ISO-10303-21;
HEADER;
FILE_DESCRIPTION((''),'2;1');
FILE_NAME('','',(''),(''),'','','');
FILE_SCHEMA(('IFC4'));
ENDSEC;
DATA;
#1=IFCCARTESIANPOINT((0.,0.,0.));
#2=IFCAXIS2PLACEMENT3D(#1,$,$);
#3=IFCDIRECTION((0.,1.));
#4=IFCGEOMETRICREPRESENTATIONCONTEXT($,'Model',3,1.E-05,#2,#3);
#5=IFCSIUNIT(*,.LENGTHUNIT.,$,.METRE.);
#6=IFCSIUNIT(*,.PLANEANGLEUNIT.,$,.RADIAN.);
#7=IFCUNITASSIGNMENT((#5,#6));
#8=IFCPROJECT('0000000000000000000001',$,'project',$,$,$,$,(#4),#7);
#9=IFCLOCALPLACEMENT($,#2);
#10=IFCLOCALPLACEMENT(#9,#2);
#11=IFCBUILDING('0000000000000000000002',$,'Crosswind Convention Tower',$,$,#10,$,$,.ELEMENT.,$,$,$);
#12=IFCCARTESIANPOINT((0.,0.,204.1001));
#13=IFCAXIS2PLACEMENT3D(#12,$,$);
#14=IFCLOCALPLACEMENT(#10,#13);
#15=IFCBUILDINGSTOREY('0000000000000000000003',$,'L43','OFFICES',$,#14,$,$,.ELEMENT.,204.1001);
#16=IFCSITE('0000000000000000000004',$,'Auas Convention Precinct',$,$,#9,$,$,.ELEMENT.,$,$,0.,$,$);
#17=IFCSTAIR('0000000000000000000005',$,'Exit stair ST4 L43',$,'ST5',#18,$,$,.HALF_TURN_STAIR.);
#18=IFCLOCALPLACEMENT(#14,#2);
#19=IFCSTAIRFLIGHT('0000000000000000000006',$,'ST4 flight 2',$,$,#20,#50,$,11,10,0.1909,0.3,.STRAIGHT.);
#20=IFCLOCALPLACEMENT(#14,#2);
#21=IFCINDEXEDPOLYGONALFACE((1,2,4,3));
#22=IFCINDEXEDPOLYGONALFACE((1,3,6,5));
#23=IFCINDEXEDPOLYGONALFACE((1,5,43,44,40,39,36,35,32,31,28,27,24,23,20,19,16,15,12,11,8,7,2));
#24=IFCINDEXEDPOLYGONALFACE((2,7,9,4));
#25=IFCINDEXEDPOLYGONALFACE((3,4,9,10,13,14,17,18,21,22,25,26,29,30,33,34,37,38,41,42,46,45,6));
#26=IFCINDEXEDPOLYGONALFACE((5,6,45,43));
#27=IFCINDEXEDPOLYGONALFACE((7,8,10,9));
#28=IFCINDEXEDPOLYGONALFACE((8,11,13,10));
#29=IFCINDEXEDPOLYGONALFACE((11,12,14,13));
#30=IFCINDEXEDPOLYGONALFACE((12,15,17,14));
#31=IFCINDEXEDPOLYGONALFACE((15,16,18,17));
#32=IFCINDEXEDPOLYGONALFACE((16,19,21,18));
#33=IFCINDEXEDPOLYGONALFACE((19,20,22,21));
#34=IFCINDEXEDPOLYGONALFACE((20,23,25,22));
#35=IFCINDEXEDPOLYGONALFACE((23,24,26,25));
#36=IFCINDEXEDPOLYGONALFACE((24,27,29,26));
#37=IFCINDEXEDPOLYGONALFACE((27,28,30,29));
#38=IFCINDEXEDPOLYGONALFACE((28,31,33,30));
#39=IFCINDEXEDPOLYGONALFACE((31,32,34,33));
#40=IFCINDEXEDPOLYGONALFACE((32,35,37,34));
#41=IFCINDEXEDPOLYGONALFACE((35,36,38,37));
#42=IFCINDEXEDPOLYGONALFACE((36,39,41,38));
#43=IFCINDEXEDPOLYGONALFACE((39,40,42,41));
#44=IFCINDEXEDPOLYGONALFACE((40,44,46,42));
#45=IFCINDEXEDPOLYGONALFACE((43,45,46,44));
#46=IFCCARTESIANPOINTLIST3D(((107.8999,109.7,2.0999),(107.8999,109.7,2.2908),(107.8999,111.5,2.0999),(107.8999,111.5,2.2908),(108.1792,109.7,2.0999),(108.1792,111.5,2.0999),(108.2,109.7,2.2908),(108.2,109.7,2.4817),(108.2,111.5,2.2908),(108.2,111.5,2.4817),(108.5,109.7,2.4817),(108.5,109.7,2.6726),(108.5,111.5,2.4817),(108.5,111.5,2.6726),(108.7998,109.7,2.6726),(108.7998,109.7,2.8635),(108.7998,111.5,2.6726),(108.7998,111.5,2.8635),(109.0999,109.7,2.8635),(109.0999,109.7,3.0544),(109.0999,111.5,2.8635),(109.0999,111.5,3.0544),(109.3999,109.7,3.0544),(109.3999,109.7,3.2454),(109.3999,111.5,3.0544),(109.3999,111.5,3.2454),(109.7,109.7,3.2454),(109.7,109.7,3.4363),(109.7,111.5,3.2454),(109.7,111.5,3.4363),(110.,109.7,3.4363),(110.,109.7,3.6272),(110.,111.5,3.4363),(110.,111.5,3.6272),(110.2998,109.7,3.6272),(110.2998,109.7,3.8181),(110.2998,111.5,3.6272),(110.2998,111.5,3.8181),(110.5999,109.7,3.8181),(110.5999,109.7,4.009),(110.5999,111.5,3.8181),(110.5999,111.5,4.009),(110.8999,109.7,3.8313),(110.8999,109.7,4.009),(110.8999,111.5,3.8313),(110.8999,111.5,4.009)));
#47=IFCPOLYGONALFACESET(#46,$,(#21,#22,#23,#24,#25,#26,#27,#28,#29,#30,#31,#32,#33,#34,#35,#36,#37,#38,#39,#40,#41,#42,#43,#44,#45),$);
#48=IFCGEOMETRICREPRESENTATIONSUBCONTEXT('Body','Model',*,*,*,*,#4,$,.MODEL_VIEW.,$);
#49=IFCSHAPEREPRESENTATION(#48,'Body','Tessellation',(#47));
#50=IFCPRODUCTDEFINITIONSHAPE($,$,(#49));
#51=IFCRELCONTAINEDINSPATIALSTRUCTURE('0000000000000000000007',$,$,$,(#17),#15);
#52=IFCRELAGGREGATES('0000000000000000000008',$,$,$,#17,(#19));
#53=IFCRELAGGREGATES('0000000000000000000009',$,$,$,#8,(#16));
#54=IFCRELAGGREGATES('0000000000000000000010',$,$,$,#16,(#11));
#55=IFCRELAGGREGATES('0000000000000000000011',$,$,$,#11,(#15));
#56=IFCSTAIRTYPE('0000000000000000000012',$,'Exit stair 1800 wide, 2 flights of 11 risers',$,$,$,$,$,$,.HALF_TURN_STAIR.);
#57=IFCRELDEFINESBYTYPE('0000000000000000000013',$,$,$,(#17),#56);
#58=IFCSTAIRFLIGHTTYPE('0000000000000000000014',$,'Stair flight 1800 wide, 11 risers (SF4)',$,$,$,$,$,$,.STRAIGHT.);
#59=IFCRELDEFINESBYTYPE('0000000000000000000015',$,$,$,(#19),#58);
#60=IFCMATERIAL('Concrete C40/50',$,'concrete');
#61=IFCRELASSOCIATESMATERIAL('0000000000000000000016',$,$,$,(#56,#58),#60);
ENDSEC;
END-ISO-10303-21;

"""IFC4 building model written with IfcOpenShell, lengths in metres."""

from ifc_helpers import new_model, si_unit, direction, frame, origin, place, context, subcontext, project, spatial, polyline, outline, extrude, material, type_object, element, aggregate, save


model = new_model("IFC4")

# Units and contexts
model_context = context("Model", 3, precision=1e-05, world=origin(), true_north=direction((0.0, 1.0)))
body_context = subcontext(model_context, "Body", "Model", "MODEL_VIEW")
ifc_project = project(units=[si_unit("LENGTHUNIT", "METRE"), si_unit("PLANEANGLEUNIT", "RADIAN")], contexts=[model_context])

# Site, building, storey
site_placement = place(None, origin())
site = spatial("IfcSite", under=ifc_project, at=site_placement, Name="Auas Convention Precinct", CompositionType="ELEMENT", RefElevation=0.0)
building_placement = place(site_placement, origin())
building = spatial("IfcBuilding", under=site, at=building_placement, Name="Crosswind Convention Tower", CompositionType="ELEMENT")
storey_placement = place(building_placement, frame((0.0, 0.0, 204.1001)))
storey = spatial("IfcBuildingStorey", under=building, at=storey_placement, Name="L43", Description="OFFICES", CompositionType="ELEMENT", Elevation=204.1001)

# Stair, stair flight
ifc_material_1 = material(Name="Concrete C40/50", Category="concrete")
stair_type = type_object("IfcStairType", Name="Exit stair 1800 wide, 2 flights of 11 risers", PredefinedType="HALF_TURN_STAIR", material=ifc_material_1)
stair_placement = place(storey_placement, origin())
stair = element("IfcStair", 1, at=stair_placement, inside=storey, type_object=stair_type, Name="Exit stair ST4 L43", ObjectType="ST5", PredefinedType="HALF_TURN_STAIR")
stair_flight_type = type_object("IfcStairFlightType", Name="Stair flight 1800 wide, 11 risers (SF4)", PredefinedType="STRAIGHT", material=ifc_material_1)
stair_flight_placement = place(storey_placement, frame((107.8999, 110.6001, 2.0999), z_axis=(0.0, 0.0, 1.0), x_axis=(1.0, 0.0, 0.0)))
stair_flight = element("IfcStairFlight", 2, at=stair_flight_placement, type_object=stair_flight_type, Name="ST4 flight 2", NumberOfRisers=11, NumberOfTreads=10, PredefinedType="STRAIGHT", RiserHeight=0.1909, TreadLength=0.3, context=body_context, shape_type="SweptSolid", body=[
    extrude(outline(polyline([(0.0, 0.0), (0.0, 0.1909), (0.3, 0.1909), (0.3, 0.3818), (0.6001, 0.3818), (0.6001, 0.5728), (0.8999, 0.5728), (0.8999, 0.7637), (1.2, 0.7637), (1.2, 0.9546), (1.5, 0.9546), (1.5, 1.1455), (1.8, 1.1455), (1.8, 1.3364), (2.1001, 1.3364), (2.1001, 1.5273), (2.3999, 1.5273), (2.3999, 1.7183), (2.7, 1.7183), (2.7, 1.9092), (3.0, 1.9092), (3.0, 2.1001), (3.0, 1.7314), (0.2793, 0.0), (0.0, 0.0)])), frame((0.0, 0.8999, 0.0), z_axis=(0.0, -1.0, 0.0), x_axis=(1.0, 0.0, 0.0)), (0.0, 0.0, 1.0), 1.8),
])
aggregate(stair, [stair_flight])

save(model, "model.ifc")
